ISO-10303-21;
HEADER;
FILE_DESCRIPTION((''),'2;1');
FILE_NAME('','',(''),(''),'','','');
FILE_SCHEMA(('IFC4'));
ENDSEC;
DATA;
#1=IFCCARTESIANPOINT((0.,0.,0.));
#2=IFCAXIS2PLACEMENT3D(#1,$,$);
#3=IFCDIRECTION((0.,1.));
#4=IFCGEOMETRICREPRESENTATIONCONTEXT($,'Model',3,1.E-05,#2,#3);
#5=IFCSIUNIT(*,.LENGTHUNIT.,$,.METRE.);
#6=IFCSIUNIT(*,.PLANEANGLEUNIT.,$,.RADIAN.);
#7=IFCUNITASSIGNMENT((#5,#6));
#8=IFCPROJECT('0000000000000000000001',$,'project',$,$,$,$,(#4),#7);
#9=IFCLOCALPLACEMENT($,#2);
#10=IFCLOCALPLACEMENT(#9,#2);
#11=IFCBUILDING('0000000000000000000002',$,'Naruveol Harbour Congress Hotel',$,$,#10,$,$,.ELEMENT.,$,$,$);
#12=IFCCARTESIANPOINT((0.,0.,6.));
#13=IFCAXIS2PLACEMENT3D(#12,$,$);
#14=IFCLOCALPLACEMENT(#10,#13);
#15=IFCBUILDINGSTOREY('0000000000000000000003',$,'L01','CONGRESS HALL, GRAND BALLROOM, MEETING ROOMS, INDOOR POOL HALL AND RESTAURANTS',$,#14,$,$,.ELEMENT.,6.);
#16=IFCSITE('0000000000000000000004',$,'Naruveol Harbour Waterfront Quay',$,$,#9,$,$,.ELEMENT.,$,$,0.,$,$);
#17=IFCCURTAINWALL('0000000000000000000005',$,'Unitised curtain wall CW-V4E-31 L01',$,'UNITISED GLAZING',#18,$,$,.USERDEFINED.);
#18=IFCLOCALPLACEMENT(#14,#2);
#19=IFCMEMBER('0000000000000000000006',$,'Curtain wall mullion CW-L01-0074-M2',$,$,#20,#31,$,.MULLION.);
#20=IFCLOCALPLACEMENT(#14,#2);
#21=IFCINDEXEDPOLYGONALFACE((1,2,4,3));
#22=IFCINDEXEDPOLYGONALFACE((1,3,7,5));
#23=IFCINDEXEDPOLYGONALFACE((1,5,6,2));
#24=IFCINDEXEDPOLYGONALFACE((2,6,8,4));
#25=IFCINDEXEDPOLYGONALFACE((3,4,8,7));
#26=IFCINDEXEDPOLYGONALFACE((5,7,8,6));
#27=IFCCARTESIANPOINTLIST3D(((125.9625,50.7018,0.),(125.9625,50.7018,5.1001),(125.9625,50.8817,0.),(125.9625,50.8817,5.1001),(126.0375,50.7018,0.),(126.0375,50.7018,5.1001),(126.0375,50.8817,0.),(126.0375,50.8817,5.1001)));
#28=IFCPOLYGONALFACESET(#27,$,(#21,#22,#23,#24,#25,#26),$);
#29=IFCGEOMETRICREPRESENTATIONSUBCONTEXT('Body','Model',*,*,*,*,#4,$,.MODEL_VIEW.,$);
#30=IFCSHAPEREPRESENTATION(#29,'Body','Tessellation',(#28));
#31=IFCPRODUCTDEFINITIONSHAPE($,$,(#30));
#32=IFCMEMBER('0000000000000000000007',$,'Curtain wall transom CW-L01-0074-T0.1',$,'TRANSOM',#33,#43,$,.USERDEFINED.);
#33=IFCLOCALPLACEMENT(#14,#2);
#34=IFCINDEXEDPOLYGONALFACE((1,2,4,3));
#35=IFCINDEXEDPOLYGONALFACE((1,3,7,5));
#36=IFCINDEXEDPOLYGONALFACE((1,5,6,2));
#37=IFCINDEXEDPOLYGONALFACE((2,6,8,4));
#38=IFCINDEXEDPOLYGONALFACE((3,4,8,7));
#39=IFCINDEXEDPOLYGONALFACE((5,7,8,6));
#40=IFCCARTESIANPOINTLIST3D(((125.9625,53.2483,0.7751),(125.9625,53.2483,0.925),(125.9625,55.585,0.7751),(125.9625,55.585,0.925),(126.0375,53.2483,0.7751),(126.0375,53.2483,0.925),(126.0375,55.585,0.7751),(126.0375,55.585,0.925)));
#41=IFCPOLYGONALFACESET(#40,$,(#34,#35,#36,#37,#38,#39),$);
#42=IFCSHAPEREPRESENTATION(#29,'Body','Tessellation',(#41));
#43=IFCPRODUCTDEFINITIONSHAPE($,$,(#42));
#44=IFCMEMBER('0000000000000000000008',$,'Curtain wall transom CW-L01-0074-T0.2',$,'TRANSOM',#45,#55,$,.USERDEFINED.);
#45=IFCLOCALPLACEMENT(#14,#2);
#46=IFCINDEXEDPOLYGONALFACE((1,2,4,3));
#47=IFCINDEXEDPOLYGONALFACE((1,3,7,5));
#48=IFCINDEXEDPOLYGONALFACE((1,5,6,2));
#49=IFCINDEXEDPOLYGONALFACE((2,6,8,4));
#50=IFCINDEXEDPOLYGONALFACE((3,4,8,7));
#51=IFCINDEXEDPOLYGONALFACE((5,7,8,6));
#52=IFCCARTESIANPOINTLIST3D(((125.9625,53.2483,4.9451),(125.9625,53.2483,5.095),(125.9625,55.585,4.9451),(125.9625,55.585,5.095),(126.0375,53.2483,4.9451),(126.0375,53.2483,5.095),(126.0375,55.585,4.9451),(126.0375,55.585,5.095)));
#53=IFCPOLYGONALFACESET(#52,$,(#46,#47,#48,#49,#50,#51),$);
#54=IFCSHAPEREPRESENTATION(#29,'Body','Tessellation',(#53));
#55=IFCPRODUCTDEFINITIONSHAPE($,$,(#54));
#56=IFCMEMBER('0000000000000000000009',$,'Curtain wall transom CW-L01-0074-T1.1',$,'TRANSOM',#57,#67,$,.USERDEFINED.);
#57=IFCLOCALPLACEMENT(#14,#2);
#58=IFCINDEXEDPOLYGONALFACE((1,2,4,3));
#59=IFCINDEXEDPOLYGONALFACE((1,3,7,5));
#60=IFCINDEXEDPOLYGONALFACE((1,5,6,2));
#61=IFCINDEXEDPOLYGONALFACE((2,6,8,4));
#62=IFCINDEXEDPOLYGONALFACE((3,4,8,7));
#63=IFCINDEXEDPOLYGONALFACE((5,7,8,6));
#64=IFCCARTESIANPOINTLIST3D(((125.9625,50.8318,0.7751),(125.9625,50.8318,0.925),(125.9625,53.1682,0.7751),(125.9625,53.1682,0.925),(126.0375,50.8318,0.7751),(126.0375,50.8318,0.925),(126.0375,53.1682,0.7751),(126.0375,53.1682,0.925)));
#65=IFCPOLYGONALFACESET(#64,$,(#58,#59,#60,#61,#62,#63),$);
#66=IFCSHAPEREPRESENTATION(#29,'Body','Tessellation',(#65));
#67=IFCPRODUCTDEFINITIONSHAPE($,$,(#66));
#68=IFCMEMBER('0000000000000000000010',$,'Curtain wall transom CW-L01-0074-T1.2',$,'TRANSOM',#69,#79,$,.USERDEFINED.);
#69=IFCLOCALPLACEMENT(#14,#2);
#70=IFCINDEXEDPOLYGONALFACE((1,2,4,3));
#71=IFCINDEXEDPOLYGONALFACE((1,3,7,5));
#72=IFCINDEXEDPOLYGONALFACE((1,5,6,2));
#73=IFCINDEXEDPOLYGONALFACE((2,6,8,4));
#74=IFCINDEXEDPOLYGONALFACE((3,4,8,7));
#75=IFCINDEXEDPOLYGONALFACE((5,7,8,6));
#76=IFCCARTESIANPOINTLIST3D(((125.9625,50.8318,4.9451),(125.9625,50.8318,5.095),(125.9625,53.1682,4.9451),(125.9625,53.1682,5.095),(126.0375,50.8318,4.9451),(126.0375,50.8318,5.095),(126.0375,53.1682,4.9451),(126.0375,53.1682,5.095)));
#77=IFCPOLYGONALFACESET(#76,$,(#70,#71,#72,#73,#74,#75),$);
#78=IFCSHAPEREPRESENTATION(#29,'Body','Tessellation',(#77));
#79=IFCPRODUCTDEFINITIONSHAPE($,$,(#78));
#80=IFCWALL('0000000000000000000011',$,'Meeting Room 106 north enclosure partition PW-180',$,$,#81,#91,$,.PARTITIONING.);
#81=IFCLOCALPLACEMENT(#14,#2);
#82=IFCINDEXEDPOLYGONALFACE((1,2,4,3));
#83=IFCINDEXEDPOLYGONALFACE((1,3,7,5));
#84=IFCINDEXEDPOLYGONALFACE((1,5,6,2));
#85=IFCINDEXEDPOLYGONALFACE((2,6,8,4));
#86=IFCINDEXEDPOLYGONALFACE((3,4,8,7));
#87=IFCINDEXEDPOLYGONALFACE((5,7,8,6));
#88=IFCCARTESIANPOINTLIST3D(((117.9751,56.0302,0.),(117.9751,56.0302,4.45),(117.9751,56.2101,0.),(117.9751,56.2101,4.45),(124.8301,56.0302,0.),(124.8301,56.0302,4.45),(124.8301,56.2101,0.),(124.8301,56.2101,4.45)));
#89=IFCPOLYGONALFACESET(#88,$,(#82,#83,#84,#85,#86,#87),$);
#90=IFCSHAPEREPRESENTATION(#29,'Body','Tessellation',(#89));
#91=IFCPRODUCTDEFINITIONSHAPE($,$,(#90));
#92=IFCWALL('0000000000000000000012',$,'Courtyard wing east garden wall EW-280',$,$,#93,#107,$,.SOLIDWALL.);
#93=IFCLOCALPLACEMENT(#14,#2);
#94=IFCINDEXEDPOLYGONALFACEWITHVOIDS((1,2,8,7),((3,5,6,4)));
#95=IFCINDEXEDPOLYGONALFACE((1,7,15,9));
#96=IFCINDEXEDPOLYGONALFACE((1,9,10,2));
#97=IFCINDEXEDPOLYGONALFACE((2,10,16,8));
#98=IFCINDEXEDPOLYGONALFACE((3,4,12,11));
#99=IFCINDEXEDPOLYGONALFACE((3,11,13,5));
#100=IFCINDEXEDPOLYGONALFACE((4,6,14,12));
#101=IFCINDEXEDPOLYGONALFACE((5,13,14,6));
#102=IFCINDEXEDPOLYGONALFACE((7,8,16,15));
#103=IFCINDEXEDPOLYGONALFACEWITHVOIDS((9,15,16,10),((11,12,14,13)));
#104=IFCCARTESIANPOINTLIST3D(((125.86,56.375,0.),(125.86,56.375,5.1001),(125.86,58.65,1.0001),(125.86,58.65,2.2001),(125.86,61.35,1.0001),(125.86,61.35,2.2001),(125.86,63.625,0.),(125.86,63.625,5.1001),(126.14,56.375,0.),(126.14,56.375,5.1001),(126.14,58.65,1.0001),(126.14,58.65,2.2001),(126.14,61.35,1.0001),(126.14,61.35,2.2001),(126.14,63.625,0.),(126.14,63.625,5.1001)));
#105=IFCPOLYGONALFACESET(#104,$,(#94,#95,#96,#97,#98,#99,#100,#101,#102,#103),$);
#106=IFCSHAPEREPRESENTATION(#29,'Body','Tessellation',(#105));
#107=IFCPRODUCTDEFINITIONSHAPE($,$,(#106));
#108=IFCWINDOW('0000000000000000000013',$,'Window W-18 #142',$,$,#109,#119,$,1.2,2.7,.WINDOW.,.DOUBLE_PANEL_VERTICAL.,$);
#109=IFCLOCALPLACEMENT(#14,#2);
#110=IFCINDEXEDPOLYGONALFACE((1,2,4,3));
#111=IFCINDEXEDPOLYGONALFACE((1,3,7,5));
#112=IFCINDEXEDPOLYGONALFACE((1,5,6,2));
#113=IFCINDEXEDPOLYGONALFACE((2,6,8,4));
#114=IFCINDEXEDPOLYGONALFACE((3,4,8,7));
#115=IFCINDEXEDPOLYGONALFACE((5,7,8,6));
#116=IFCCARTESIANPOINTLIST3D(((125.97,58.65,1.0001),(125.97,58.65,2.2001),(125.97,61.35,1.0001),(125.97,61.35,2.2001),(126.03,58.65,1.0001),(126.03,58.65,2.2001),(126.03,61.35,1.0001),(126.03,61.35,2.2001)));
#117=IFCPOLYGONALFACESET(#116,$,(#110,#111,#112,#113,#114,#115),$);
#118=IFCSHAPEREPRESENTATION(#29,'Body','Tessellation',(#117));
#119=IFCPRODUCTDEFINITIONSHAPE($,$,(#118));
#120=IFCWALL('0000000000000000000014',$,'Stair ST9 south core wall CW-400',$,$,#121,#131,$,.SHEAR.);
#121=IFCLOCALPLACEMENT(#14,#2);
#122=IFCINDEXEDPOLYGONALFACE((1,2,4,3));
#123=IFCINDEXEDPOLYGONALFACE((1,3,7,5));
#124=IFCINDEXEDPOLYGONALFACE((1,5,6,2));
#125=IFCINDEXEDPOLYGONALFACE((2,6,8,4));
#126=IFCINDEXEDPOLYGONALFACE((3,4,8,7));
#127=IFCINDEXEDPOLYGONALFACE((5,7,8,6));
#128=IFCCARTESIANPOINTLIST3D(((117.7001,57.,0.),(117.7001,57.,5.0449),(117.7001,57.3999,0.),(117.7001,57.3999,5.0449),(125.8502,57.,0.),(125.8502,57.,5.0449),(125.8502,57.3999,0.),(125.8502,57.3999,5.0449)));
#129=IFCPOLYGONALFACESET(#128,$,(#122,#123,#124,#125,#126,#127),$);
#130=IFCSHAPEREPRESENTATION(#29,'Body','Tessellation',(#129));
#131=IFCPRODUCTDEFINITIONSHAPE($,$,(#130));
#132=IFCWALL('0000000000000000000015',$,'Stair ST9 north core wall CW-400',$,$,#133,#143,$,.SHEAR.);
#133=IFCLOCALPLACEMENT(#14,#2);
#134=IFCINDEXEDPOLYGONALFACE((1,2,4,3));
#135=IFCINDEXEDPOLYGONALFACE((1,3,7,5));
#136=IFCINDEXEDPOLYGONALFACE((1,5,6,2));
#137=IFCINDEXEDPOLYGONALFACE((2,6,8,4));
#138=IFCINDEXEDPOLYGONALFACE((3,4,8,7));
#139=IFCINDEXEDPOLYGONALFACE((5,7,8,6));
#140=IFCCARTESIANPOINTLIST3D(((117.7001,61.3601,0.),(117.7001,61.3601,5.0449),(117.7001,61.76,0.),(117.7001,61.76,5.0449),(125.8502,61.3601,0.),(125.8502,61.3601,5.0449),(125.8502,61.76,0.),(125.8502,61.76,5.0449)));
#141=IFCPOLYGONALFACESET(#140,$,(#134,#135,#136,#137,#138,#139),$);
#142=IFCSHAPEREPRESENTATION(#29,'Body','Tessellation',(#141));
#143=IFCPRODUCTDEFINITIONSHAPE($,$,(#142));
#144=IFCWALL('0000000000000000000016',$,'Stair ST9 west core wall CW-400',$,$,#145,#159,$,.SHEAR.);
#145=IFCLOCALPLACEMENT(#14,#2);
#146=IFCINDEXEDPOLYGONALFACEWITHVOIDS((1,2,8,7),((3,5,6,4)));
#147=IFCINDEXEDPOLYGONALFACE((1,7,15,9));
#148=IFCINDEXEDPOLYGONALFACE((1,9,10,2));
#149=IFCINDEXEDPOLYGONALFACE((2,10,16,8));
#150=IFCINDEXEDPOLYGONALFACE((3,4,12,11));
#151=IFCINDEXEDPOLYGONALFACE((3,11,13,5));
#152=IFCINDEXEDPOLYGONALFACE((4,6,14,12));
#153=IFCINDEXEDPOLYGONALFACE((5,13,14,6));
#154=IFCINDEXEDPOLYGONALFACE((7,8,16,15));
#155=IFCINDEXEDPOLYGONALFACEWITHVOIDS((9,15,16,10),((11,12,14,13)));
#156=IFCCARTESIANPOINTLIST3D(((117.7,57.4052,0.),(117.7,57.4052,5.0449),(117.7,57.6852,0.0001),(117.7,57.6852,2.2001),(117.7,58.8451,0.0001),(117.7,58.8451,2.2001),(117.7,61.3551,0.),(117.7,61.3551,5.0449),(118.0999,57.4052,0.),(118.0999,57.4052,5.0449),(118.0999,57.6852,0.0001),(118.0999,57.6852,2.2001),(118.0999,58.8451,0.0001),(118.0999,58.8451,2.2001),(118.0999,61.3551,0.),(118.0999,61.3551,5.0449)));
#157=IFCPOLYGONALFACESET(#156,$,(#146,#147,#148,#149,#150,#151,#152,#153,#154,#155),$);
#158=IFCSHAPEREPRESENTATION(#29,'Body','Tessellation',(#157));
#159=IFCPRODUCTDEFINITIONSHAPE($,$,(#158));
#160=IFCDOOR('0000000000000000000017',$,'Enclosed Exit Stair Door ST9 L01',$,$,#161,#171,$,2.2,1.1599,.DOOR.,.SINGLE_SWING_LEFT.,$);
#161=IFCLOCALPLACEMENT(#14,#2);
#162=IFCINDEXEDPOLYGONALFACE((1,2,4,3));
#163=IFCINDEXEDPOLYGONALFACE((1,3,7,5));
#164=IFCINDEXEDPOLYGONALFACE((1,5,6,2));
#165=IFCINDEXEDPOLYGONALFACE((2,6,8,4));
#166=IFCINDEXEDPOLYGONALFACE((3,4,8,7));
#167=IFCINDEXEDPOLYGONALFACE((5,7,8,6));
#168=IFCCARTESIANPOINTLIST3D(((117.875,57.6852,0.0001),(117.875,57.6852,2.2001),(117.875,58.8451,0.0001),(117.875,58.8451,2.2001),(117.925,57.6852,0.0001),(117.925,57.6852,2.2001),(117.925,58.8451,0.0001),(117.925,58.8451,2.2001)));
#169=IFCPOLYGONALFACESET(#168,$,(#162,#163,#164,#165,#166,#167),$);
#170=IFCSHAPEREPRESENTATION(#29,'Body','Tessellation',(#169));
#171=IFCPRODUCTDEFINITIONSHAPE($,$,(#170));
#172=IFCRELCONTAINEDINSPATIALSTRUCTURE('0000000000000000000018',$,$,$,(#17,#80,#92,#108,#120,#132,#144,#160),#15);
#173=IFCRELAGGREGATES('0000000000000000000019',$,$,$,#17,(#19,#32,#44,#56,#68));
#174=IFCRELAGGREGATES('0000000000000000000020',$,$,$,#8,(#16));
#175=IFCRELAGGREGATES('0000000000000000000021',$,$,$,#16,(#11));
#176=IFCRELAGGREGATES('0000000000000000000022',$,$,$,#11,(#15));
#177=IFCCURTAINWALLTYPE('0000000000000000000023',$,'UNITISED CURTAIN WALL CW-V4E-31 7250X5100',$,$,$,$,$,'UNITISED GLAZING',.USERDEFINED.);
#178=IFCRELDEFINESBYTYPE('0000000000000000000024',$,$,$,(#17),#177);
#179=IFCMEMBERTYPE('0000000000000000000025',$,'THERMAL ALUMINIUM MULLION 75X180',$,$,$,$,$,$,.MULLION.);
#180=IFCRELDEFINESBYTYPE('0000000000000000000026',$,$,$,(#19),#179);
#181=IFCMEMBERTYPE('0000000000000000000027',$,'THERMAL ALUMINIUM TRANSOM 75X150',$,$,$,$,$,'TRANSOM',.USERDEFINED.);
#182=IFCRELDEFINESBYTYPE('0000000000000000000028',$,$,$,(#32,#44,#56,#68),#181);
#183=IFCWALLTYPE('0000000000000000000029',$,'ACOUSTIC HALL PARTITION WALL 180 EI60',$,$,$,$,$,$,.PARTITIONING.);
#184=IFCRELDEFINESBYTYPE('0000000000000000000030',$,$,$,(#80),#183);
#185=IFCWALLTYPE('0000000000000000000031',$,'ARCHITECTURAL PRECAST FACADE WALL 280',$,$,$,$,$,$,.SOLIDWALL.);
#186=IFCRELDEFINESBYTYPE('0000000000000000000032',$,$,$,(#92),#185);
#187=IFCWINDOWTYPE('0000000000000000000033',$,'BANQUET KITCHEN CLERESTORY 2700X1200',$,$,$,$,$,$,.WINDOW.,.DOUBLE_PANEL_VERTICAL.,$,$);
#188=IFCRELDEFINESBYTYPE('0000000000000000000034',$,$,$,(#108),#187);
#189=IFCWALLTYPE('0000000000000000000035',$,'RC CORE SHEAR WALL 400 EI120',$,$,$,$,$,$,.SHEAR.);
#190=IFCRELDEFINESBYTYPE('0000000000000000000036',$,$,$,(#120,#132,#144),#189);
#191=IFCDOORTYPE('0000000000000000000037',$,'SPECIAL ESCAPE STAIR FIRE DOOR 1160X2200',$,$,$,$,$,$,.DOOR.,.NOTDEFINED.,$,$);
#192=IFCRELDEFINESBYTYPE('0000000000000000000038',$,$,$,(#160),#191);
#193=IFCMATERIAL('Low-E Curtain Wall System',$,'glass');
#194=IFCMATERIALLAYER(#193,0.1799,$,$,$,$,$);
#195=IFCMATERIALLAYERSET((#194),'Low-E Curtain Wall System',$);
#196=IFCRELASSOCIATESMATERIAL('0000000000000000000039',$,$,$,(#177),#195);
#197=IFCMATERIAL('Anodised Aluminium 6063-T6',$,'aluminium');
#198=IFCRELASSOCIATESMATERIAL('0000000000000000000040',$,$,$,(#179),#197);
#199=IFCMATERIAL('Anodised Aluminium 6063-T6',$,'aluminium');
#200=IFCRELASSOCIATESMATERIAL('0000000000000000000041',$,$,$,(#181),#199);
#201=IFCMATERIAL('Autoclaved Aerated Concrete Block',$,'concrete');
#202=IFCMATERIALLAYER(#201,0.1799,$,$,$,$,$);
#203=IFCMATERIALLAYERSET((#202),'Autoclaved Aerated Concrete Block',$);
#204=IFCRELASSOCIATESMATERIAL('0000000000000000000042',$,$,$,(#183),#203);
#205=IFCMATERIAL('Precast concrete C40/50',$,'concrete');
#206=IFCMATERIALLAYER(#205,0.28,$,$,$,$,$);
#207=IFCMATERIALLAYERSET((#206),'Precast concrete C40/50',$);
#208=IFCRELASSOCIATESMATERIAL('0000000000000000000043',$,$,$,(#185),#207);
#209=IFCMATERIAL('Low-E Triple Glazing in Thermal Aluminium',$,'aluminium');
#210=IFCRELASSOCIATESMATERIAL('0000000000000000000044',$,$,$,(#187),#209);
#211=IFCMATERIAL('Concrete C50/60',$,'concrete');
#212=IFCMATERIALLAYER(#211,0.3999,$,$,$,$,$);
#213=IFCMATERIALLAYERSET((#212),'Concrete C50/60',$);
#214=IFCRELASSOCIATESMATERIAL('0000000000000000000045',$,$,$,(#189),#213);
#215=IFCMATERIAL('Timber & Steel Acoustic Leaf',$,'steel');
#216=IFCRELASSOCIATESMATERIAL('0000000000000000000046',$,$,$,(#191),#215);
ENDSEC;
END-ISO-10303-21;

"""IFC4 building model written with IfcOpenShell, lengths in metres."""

from ifc_helpers import new_model, si_unit, direction, frame, frame_2d, origin, origin_2d, place, context, subcontext, project, spatial, rectangle, extrude, material, layer, layer_set, material_profile, profile_set, type_object, element, fill, aggregate, save


model = new_model("IFC4")

# Units and contexts
model_context = context("Model", 3, precision=1e-05, world=origin(), true_north=direction((0.0, 1.0)))
body_context = subcontext(model_context, "Body", "Model", "MODEL_VIEW")
ifc_project = project(units=[si_unit("LENGTHUNIT", "METRE"), si_unit("PLANEANGLEUNIT", "RADIAN")], contexts=[model_context])

# Site, building, storey
site_placement = place(None, origin())
site = spatial("IfcSite", under=ifc_project, at=site_placement, Name="Naruveol Harbour Waterfront Quay", CompositionType="ELEMENT", RefElevation=0.0)
building_placement = place(site_placement, origin())
building = spatial("IfcBuilding", under=site, at=building_placement, Name="Naruveol Harbour Congress Hotel", CompositionType="ELEMENT")
storey_placement = place(building_placement, frame((0.0, 0.0, 6.0)))
storey = spatial("IfcBuildingStorey", under=building, at=storey_placement, Name="L01", Description="CONGRESS HALL, GRAND BALLROOM, MEETING ROOMS, INDOOR POOL HALL AND RESTAURANTS", CompositionType="ELEMENT", Elevation=6.0)

# Curtain wall, members
ifc_material_1 = material(Name="Low-E Curtain Wall System", Category="glass")
ifc_layer_1 = layer(ifc_material_1, 0.1799)
ifc_layer_set_1 = layer_set([ifc_layer_1], Name="Low-E Curtain Wall System")
curtain_wall_type = type_object("IfcCurtainWallType", Name="UNITISED CURTAIN WALL CW-V4E-31 7250X5100", ElementType="UNITISED GLAZING", PredefinedType="USERDEFINED", material=ifc_layer_set_1)
curtain_wall_placement = place(storey_placement, origin())
curtain_wall = element("IfcCurtainWall", 1, at=curtain_wall_placement, inside=storey, type_object=curtain_wall_type, Name="Unitised curtain wall CW-V4E-31 L01", ObjectType="UNITISED GLAZING", PredefinedType="USERDEFINED")
ifc_material_2 = material(Name="Anodised Aluminium 6063-T6", Category="aluminium")
ifc_material_profile_1 = material_profile(ifc_material_2, rectangle(XDim=0.075, YDim=0.1799, at=origin_2d()), Name="ALU-75x180")
ifc_profile_set_1 = profile_set([ifc_material_profile_1], Name="Anodised Aluminium 6063-T6")
member_type_1 = type_object("IfcMemberType", Name="THERMAL ALUMINIUM MULLION 75X180", PredefinedType="MULLION", material=ifc_profile_set_1)
member_1_placement = place(storey_placement, frame((126.0, 50.7917, 0.0), z_axis=(0.0, 0.0, 1.0), x_axis=(1.0, 0.0, 0.0)))
member_1 = element("IfcMember", 2, at=member_1_placement, type_object=member_type_1, Name="Curtain wall mullion CW-L01-0074-M2", PredefinedType="MULLION", context=body_context, shape_type="SweptSolid", body=[
    extrude(rectangle(XDim=0.075, YDim=0.1799, at=origin_2d()), origin(), (0.0, 0.0, 1.0), 5.1001),
])
ifc_material_3 = material(Name="Anodised Aluminium 6063-T6", Category="aluminium")
ifc_material_profile_2 = material_profile(ifc_material_3, rectangle(XDim=0.075, YDim=0.1499, at=origin_2d()), Name="ALU-75x150")
ifc_profile_set_2 = profile_set([ifc_material_profile_2], Name="Anodised Aluminium 6063-T6")
member_type_2 = type_object("IfcMemberType", Name="THERMAL ALUMINIUM TRANSOM 75X150", ElementType="TRANSOM", PredefinedType="USERDEFINED", material=ifc_profile_set_2)
member_2_placement = place(storey_placement, frame((126.0, 55.585, 0.8501), z_axis=(0.0, -1.0, 0.0), x_axis=(1.0, 0.0, 0.0)))
member_2 = element("IfcMember", 3, at=member_2_placement, type_object=member_type_2, Name="Curtain wall transom CW-L01-0074-T0.1", ObjectType="TRANSOM", PredefinedType="USERDEFINED", context=body_context, shape_type="SweptSolid", body=[
    extrude(rectangle(XDim=0.075, YDim=0.1499, at=origin_2d()), origin(), (0.0, 0.0, 1.0), 2.3367),
])
member_3_placement = place(storey_placement, frame((126.0, 55.585, 5.02), z_axis=(0.0, -1.0, 0.0), x_axis=(1.0, 0.0, 0.0)))
member_3 = element("IfcMember", 4, at=member_3_placement, type_object=member_type_2, Name="Curtain wall transom CW-L01-0074-T0.2", ObjectType="TRANSOM", PredefinedType="USERDEFINED", context=body_context, shape_type="SweptSolid", body=[
    extrude(rectangle(XDim=0.075, YDim=0.1499, at=origin_2d()), origin(), (0.0, 0.0, 1.0), 2.3367),
])
member_4_placement = place(storey_placement, frame((126.0, 53.1682, 0.8501), z_axis=(0.0, -1.0, 0.0), x_axis=(1.0, 0.0, 0.0)))
member_4 = element("IfcMember", 5, at=member_4_placement, type_object=member_type_2, Name="Curtain wall transom CW-L01-0074-T1.1", ObjectType="TRANSOM", PredefinedType="USERDEFINED", context=body_context, shape_type="SweptSolid", body=[
    extrude(rectangle(XDim=0.075, YDim=0.1499, at=origin_2d()), origin(), (0.0, 0.0, 1.0), 2.3364),
])
member_5_placement = place(storey_placement, frame((126.0, 53.1682, 5.02), z_axis=(0.0, -1.0, 0.0), x_axis=(1.0, 0.0, 0.0)))
member_5 = element("IfcMember", 6, at=member_5_placement, type_object=member_type_2, Name="Curtain wall transom CW-L01-0074-T1.2", ObjectType="TRANSOM", PredefinedType="USERDEFINED", context=body_context, shape_type="SweptSolid", body=[
    extrude(rectangle(XDim=0.075, YDim=0.1499, at=origin_2d()), origin(), (0.0, 0.0, 1.0), 2.3364),
])
aggregate(curtain_wall, [member_1, member_2, member_3, member_4, member_5])

# Wall
ifc_material_4 = material(Name="Autoclaved Aerated Concrete Block", Category="concrete")
ifc_layer_2 = layer(ifc_material_4, 0.1799)
ifc_layer_set_2 = layer_set([ifc_layer_2], Name="Autoclaved Aerated Concrete Block")
wall_type_1 = type_object("IfcWallType", Name="ACOUSTIC HALL PARTITION WALL 180 EI60", PredefinedType="PARTITIONING", material=ifc_layer_set_2)
wall_1_placement = place(storey_placement, frame((117.9751, 56.1201, 0.0), z_axis=(0.0, 0.0, 1.0), x_axis=(1.0, 0.0, 0.0)))
element("IfcWall", 7, at=wall_1_placement, inside=storey, type_object=wall_type_1, Name="Meeting Room 106 north enclosure partition PW-180", PredefinedType="PARTITIONING", context=body_context, shape_type="SweptSolid", body=[
    extrude(rectangle(XDim=6.855, YDim=0.1799, at=frame_2d((3.4275, 0.0))), origin(), (0.0, 0.0, 1.0), 4.45),
])

# Wall, opening, window
ifc_material_5 = material(Name="Precast concrete C40/50", Category="concrete")
ifc_layer_3 = layer(ifc_material_5, 0.28)
ifc_layer_set_3 = layer_set([ifc_layer_3], Name="Precast concrete C40/50")
wall_type_2 = type_object("IfcWallType", Name="ARCHITECTURAL PRECAST FACADE WALL 280", PredefinedType="SOLIDWALL", material=ifc_layer_set_3)
wall_2_placement = place(storey_placement, frame((126.0, 63.625, 0.0), z_axis=(0.0, 0.0, 1.0), x_axis=(0.0, -1.0, 0.0)))
wall_2 = element("IfcWall", 8, at=wall_2_placement, inside=storey, type_object=wall_type_2, Name="Courtyard wing east garden wall EW-280", PredefinedType="SOLIDWALL", context=body_context, shape_type="SweptSolid", body=[
    extrude(rectangle(XDim=7.25, YDim=0.28, at=frame_2d((3.625, 0.0))), origin(), (0.0, 0.0, 1.0), 5.1001),
])
opening_1_placement = place(wall_2_placement, frame((2.2749, 0.0, 1.0)))
opening_1 = element("IfcOpeningElement", 9, at=opening_1_placement, cuts=wall_2, PredefinedType="OPENING", context=body_context, shape_type="SweptSolid", body=[
    extrude(rectangle(XDim=2.7, YDim=1.2, at=frame_2d((1.3501, 0.6001))), frame((0.0, 0.1499, 0.0), z_axis=(0.0, -1.0, 0.0), x_axis=(1.0, 0.0, 0.0)), (0.0, 0.0, 1.0), 0.3),
])
ifc_material_6 = material(Name="Low-E Triple Glazing in Thermal Aluminium", Category="aluminium")
window_type = type_object("IfcWindowType", Name="BANQUET KITCHEN CLERESTORY 2700X1200", PartitioningType="DOUBLE_PANEL_VERTICAL", PredefinedType="WINDOW", material=ifc_material_6)
window_placement = place(opening_1_placement, origin())
window = element("IfcWindow", 10, at=window_placement, inside=storey, type_object=window_type, Name="Window W-18 #142", OverallHeight=1.2, OverallWidth=2.7, PartitioningType="DOUBLE_PANEL_VERTICAL", PredefinedType="WINDOW", context=body_context, shape_type="SweptSolid", body=[
    extrude(rectangle(XDim=2.7, YDim=1.2, at=frame_2d((1.3501, 0.6001))), frame((0.0, 0.03, 0.0), z_axis=(0.0, -1.0, 0.0), x_axis=(1.0, 0.0, 0.0)), (0.0, 0.0, 1.0), 0.0601),
])
fill(opening_1, window)

# Walls
ifc_material_7 = material(Name="Concrete C50/60", Category="concrete")
ifc_layer_4 = layer(ifc_material_7, 0.3999)
ifc_layer_set_4 = layer_set([ifc_layer_4], Name="Concrete C50/60")
wall_type_3 = type_object("IfcWallType", Name="RC CORE SHEAR WALL 400 EI120", PredefinedType="SHEAR", material=ifc_layer_set_4)
for number, where, z_axis, x_axis, name in (
    (11, (117.7, 57.2, 0.0), (0.0, 0.0, 1.0), (1.0, 0.0, 0.0), "Stair ST9 south core wall CW-400"),
    (12, (117.7, 61.5601, 0.0), (0.0, 0.0, 1.0), (1.0, 0.0, 0.0), "Stair ST9 north core wall CW-400"),
):
    element("IfcWall", number, at=place(storey_placement, frame(where, z_axis=z_axis, x_axis=x_axis)), inside=storey, type_object=wall_type_3, Name=name, PredefinedType="SHEAR", context=body_context, shape_type="SweptSolid", body=[
        extrude(rectangle(XDim=8.1501, YDim=0.3999, at=frame_2d((4.0752, 0.0))), origin(), (0.0, 0.0, 1.0), 5.0449),
    ])

# Wall, opening, door
wall_3_placement = place(storey_placement, frame((117.8999, 57.405, 0.0), z_axis=(0.0, 0.0, 1.0), x_axis=(0.0, 1.0, 0.0)))
wall_3 = element("IfcWall", 13, at=wall_3_placement, inside=storey, type_object=wall_type_3, Name="Stair ST9 west core wall CW-400", PredefinedType="SHEAR", context=body_context, shape_type="SweptSolid", body=[
    extrude(rectangle(XDim=3.95, YDim=0.3999, at=frame_2d((1.9751, 0.0))), origin(), (0.0, 0.0, 1.0), 5.0449),
])
opening_2_placement = place(wall_3_placement, frame((0.28, 0.0, 0.0)))
opening_2 = element("IfcOpeningElement", 14, at=opening_2_placement, cuts=wall_3, PredefinedType="OPENING", context=body_context, shape_type="SweptSolid", body=[
    extrude(rectangle(XDim=1.1599, YDim=2.2, at=frame_2d((0.5801, 1.1001))), frame((0.0, 0.21, 0.0), z_axis=(0.0, -1.0, 0.0), x_axis=(1.0, 0.0, 0.0)), (0.0, 0.0, 1.0), 0.4199),
])
ifc_material_8 = material(Name="Timber & Steel Acoustic Leaf", Category="steel")
door_type = type_object("IfcDoorType", Name="SPECIAL ESCAPE STAIR FIRE DOOR 1160X2200", OperationType="NOTDEFINED", PredefinedType="DOOR", material=ifc_material_8)
door_placement = place(opening_2_placement, origin())
door = element("IfcDoor", 15, at=door_placement, inside=storey, type_object=door_type, Name="Enclosed Exit Stair Door ST9 L01", OperationType="SINGLE_SWING_LEFT", OverallHeight=2.2, OverallWidth=1.1599, PredefinedType="DOOR", context=body_context, shape_type="SweptSolid", body=[
    extrude(rectangle(XDim=1.1599, YDim=2.2, at=frame_2d((0.5801, 1.1001))), frame((0.0, 0.0249, 0.0), z_axis=(0.0, -1.0, 0.0), x_axis=(1.0, 0.0, 0.0)), (0.0, 0.0, 1.0), 0.05),
])
fill(opening_2, door)

save(model, "model.ifc")
